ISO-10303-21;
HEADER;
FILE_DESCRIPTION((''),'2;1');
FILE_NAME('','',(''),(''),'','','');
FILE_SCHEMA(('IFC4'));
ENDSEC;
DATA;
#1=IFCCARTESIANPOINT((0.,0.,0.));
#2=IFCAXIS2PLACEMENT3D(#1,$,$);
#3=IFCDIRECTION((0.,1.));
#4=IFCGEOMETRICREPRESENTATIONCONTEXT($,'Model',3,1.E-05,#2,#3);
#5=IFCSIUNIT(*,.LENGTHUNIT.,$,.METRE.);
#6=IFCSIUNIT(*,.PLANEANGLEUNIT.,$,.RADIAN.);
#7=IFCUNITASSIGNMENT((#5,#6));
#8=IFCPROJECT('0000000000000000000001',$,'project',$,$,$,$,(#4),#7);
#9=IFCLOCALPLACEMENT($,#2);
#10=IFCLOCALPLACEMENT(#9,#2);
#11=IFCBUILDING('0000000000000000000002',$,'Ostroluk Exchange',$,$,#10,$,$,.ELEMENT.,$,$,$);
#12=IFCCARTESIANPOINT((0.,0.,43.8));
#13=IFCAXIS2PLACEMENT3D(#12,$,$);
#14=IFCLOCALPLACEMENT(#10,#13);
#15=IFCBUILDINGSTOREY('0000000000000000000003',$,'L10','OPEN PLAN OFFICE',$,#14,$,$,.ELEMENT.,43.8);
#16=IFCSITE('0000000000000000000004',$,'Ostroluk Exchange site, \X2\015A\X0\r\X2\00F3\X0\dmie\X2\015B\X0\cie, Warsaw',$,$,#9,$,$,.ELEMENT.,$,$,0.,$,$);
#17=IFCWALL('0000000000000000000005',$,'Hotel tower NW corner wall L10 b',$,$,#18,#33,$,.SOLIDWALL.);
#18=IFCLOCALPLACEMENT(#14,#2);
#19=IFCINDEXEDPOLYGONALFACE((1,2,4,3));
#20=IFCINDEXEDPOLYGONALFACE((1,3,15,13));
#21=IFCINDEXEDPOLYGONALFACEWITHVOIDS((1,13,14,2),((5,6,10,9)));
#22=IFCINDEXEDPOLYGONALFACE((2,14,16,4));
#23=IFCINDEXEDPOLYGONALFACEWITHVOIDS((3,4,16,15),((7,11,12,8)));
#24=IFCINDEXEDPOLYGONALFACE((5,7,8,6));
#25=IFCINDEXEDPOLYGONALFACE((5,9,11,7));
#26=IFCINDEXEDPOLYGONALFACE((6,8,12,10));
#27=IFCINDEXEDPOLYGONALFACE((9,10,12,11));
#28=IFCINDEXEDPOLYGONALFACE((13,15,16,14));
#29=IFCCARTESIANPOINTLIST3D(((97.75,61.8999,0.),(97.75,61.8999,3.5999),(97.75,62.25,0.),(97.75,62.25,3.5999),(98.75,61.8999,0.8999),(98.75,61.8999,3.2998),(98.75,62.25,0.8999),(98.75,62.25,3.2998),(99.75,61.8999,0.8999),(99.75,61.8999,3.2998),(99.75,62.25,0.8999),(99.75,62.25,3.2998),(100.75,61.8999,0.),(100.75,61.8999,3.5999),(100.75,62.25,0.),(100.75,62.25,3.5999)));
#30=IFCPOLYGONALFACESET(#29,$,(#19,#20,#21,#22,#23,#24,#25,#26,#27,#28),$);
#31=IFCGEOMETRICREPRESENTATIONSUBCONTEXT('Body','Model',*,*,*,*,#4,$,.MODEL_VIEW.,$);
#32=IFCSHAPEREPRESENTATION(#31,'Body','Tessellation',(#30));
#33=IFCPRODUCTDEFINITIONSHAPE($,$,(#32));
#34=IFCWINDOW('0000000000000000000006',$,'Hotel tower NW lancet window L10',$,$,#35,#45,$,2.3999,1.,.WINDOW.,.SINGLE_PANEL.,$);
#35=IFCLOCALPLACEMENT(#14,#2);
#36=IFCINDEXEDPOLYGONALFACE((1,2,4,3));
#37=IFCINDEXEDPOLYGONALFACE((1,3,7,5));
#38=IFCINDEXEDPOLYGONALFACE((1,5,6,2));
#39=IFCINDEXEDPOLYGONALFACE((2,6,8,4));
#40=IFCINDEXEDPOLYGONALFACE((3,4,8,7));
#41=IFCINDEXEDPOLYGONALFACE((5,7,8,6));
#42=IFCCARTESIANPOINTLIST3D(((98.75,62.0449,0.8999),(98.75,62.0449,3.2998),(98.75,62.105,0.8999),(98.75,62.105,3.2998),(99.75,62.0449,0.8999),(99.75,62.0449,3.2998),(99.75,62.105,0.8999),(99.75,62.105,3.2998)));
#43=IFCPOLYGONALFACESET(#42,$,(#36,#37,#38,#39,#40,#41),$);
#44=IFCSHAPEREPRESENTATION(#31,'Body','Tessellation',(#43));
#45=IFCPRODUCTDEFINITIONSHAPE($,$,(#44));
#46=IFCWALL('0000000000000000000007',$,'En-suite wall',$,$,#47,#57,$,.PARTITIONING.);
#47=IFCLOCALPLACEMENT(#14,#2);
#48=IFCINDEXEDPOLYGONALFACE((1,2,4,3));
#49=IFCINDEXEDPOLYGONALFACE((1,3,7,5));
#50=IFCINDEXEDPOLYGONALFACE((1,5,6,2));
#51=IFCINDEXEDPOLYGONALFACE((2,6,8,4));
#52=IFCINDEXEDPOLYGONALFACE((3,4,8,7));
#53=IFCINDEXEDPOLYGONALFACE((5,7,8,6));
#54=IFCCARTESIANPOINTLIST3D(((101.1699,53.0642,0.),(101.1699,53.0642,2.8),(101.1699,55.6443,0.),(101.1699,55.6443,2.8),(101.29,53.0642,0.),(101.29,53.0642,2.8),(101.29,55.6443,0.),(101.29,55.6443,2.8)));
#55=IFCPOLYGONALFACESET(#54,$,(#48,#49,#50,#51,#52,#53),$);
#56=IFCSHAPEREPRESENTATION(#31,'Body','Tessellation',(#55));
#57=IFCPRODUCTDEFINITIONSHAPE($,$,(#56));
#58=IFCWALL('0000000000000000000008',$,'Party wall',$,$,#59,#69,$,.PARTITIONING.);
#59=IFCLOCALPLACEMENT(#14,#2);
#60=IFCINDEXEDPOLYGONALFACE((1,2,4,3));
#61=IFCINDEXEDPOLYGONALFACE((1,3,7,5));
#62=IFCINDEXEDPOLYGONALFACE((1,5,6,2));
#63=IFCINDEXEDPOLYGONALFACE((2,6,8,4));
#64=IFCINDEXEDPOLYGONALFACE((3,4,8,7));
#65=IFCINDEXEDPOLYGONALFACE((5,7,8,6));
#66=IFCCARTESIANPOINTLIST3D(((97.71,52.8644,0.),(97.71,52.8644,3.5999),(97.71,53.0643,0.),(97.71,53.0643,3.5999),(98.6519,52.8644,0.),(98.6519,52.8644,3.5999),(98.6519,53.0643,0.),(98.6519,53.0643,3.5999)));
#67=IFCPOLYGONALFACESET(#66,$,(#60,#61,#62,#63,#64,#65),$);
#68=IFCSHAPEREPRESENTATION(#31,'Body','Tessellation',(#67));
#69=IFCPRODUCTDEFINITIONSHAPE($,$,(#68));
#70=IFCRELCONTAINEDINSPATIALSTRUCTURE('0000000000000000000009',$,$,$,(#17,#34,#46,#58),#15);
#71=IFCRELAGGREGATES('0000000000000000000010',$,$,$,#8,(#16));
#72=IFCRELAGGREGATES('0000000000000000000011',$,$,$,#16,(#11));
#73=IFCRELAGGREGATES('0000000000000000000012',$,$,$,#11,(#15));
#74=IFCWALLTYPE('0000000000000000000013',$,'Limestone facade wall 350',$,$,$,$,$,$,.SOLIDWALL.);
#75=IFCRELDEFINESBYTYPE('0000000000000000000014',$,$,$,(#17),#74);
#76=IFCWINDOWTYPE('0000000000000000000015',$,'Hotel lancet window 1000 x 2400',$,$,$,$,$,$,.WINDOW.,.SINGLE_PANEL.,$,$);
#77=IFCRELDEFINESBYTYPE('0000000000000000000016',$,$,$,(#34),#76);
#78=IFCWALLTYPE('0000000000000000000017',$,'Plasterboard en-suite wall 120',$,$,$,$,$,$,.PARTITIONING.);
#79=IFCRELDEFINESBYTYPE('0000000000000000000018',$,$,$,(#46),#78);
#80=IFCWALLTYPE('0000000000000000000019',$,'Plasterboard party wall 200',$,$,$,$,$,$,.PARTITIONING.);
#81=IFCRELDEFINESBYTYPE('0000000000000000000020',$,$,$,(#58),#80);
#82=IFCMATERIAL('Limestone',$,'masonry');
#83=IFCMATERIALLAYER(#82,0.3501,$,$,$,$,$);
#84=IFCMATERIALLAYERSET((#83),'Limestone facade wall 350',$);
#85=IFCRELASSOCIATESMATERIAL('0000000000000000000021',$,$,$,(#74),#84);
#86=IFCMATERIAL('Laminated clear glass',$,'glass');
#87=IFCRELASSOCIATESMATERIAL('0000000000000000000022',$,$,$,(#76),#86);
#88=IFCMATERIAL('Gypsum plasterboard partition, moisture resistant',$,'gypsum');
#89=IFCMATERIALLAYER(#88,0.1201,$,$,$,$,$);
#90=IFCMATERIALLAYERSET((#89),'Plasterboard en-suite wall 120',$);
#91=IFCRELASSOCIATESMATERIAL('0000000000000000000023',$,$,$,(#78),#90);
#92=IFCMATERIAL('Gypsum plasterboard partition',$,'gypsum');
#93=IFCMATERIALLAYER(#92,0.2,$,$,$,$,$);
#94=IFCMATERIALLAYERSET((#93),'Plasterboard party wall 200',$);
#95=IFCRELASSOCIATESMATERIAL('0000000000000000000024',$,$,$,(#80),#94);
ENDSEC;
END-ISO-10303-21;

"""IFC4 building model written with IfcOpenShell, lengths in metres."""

from ifc_helpers import new_model, si_unit, direction, frame, frame_2d, origin, place, context, subcontext, project, spatial, rectangle, extrude, material, layer, layer_set, type_object, element, fill, save


model = new_model("IFC4")

# Units and contexts
model_context = context("Model", 3, precision=1e-05, world=origin(), true_north=direction((0.0, 1.0)))
body_context = subcontext(model_context, "Body", "Model", "MODEL_VIEW")
ifc_project = project(units=[si_unit("LENGTHUNIT", "METRE"), si_unit("PLANEANGLEUNIT", "RADIAN")], contexts=[model_context])

# Site, building, storey
site_placement = place(None, origin())
site = spatial("IfcSite", under=ifc_project, at=site_placement, Name="Ostroluk Exchange site, Śródmieście, Warsaw", CompositionType="ELEMENT", RefElevation=0.0)
building_placement = place(site_placement, origin())
building = spatial("IfcBuilding", under=site, at=building_placement, Name="Ostroluk Exchange", CompositionType="ELEMENT")
storey_placement = place(building_placement, frame((0.0, 0.0, 43.8)))
storey = spatial("IfcBuildingStorey", under=building, at=storey_placement, Name="L10", Description="OPEN PLAN OFFICE", CompositionType="ELEMENT", Elevation=43.8)

# Shared definitions
ifc_material_1 = material(Name="Limestone", Category="masonry")
ifc_layer_1 = layer(ifc_material_1, 0.3501)
ifc_layer_set_1 = layer_set([ifc_layer_1], Name="Limestone facade wall 350")
wall_type_1 = type_object("IfcWallType", Name="Limestone facade wall 350", PredefinedType="SOLIDWALL", material=ifc_layer_set_1)

# Wall, opening, window
wall_1_placement = place(storey_placement, frame((100.75, 62.075, 0.0), z_axis=(0.0, 0.0, 1.0), x_axis=(-1.0, 0.0, 0.0)))
wall_1 = element("IfcWall", 1, at=wall_1_placement, inside=storey, type_object=wall_type_1, Name="Hotel tower NW corner wall L10 b", PredefinedType="SOLIDWALL", context=body_context, shape_type="SweptSolid", body=[
    extrude(rectangle(XDim=3.0, YDim=0.3501, at=frame_2d((1.5, 0.0))), origin(), (0.0, 0.0, 1.0), 3.5999),
])
opening_1_placement = place(wall_1_placement, frame((1.0, 0.0, 0.8999)))
opening_1 = element("IfcOpeningElement", 2, at=opening_1_placement, cuts=wall_1, PredefinedType="OPENING", context=body_context, shape_type="SweptSolid", body=[
    extrude(rectangle(XDim=1.0, YDim=2.3999, at=frame_2d((0.5, 1.2))), frame((0.0, 0.1851, 0.0), z_axis=(0.0, -1.0, 0.0), x_axis=(1.0, 0.0, 0.0)), (0.0, 0.0, 1.0), 0.3701),
])
ifc_material_2 = material(Name="Laminated clear glass", Category="glass")
window_type = type_object("IfcWindowType", Name="Hotel lancet window 1000 x 2400", PartitioningType="SINGLE_PANEL", PredefinedType="WINDOW", material=ifc_material_2)
window_placement = place(opening_1_placement, origin())
window = element("IfcWindow", 3, at=window_placement, inside=storey, type_object=window_type, Name="Hotel tower NW lancet window L10", OverallHeight=2.3999, OverallWidth=1.0, PartitioningType="SINGLE_PANEL", PredefinedType="WINDOW", context=body_context, shape_type="SweptSolid", body=[
    extrude(rectangle(XDim=1.0, YDim=2.3999, at=frame_2d((0.5, 1.2))), frame((0.0, 0.03, 0.0), z_axis=(0.0, -1.0, 0.0), x_axis=(1.0, 0.0, 0.0)), (0.0, 0.0, 1.0), 0.0601),
])
fill(opening_1, window)

# Walls
ifc_material_3 = material(Name="Gypsum plasterboard partition, moisture resistant", Category="gypsum")
ifc_layer_2 = layer(ifc_material_3, 0.1201)
ifc_layer_set_2 = layer_set([ifc_layer_2], Name="Plasterboard en-suite wall 120")
wall_type_2 = type_object("IfcWallType", Name="Plasterboard en-suite wall 120", PredefinedType="PARTITIONING", material=ifc_layer_set_2)
wall_2_placement = place(storey_placement, frame((101.23, 53.0642, 0.0), z_axis=(0.0, 0.0, 1.0), x_axis=(0.0, 1.0, 0.0)))
element("IfcWall", 4, at=wall_2_placement, inside=storey, type_object=wall_type_2, Name="En-suite wall", PredefinedType="PARTITIONING", context=body_context, shape_type="SweptSolid", body=[
    extrude(rectangle(XDim=2.5801, YDim=0.1201, at=frame_2d((1.29, 0.0))), origin(), (0.0, 0.0, 1.0), 2.8),
])
ifc_material_4 = material(Name="Gypsum plasterboard partition", Category="gypsum")
ifc_layer_3 = layer(ifc_material_4, 0.2)
ifc_layer_set_3 = layer_set([ifc_layer_3], Name="Plasterboard party wall 200")
wall_type_3 = type_object("IfcWallType", Name="Plasterboard party wall 200", PredefinedType="PARTITIONING", material=ifc_layer_set_3)
wall_3_placement = place(storey_placement, frame((98.6519, 52.9644, 0.0), z_axis=(0.0, 0.0, 1.0), x_axis=(-1.0, 0.0, 0.0)))
element("IfcWall", 5, at=wall_3_placement, inside=storey, type_object=wall_type_3, Name="Party wall", PredefinedType="PARTITIONING", context=body_context, shape_type="SweptSolid", body=[
    extrude(rectangle(XDim=0.9419, YDim=0.2, at=frame_2d((0.4709, 0.0))), origin(), (0.0, 0.0, 1.0), 3.5999),
])

save(model, "model.ifc")
